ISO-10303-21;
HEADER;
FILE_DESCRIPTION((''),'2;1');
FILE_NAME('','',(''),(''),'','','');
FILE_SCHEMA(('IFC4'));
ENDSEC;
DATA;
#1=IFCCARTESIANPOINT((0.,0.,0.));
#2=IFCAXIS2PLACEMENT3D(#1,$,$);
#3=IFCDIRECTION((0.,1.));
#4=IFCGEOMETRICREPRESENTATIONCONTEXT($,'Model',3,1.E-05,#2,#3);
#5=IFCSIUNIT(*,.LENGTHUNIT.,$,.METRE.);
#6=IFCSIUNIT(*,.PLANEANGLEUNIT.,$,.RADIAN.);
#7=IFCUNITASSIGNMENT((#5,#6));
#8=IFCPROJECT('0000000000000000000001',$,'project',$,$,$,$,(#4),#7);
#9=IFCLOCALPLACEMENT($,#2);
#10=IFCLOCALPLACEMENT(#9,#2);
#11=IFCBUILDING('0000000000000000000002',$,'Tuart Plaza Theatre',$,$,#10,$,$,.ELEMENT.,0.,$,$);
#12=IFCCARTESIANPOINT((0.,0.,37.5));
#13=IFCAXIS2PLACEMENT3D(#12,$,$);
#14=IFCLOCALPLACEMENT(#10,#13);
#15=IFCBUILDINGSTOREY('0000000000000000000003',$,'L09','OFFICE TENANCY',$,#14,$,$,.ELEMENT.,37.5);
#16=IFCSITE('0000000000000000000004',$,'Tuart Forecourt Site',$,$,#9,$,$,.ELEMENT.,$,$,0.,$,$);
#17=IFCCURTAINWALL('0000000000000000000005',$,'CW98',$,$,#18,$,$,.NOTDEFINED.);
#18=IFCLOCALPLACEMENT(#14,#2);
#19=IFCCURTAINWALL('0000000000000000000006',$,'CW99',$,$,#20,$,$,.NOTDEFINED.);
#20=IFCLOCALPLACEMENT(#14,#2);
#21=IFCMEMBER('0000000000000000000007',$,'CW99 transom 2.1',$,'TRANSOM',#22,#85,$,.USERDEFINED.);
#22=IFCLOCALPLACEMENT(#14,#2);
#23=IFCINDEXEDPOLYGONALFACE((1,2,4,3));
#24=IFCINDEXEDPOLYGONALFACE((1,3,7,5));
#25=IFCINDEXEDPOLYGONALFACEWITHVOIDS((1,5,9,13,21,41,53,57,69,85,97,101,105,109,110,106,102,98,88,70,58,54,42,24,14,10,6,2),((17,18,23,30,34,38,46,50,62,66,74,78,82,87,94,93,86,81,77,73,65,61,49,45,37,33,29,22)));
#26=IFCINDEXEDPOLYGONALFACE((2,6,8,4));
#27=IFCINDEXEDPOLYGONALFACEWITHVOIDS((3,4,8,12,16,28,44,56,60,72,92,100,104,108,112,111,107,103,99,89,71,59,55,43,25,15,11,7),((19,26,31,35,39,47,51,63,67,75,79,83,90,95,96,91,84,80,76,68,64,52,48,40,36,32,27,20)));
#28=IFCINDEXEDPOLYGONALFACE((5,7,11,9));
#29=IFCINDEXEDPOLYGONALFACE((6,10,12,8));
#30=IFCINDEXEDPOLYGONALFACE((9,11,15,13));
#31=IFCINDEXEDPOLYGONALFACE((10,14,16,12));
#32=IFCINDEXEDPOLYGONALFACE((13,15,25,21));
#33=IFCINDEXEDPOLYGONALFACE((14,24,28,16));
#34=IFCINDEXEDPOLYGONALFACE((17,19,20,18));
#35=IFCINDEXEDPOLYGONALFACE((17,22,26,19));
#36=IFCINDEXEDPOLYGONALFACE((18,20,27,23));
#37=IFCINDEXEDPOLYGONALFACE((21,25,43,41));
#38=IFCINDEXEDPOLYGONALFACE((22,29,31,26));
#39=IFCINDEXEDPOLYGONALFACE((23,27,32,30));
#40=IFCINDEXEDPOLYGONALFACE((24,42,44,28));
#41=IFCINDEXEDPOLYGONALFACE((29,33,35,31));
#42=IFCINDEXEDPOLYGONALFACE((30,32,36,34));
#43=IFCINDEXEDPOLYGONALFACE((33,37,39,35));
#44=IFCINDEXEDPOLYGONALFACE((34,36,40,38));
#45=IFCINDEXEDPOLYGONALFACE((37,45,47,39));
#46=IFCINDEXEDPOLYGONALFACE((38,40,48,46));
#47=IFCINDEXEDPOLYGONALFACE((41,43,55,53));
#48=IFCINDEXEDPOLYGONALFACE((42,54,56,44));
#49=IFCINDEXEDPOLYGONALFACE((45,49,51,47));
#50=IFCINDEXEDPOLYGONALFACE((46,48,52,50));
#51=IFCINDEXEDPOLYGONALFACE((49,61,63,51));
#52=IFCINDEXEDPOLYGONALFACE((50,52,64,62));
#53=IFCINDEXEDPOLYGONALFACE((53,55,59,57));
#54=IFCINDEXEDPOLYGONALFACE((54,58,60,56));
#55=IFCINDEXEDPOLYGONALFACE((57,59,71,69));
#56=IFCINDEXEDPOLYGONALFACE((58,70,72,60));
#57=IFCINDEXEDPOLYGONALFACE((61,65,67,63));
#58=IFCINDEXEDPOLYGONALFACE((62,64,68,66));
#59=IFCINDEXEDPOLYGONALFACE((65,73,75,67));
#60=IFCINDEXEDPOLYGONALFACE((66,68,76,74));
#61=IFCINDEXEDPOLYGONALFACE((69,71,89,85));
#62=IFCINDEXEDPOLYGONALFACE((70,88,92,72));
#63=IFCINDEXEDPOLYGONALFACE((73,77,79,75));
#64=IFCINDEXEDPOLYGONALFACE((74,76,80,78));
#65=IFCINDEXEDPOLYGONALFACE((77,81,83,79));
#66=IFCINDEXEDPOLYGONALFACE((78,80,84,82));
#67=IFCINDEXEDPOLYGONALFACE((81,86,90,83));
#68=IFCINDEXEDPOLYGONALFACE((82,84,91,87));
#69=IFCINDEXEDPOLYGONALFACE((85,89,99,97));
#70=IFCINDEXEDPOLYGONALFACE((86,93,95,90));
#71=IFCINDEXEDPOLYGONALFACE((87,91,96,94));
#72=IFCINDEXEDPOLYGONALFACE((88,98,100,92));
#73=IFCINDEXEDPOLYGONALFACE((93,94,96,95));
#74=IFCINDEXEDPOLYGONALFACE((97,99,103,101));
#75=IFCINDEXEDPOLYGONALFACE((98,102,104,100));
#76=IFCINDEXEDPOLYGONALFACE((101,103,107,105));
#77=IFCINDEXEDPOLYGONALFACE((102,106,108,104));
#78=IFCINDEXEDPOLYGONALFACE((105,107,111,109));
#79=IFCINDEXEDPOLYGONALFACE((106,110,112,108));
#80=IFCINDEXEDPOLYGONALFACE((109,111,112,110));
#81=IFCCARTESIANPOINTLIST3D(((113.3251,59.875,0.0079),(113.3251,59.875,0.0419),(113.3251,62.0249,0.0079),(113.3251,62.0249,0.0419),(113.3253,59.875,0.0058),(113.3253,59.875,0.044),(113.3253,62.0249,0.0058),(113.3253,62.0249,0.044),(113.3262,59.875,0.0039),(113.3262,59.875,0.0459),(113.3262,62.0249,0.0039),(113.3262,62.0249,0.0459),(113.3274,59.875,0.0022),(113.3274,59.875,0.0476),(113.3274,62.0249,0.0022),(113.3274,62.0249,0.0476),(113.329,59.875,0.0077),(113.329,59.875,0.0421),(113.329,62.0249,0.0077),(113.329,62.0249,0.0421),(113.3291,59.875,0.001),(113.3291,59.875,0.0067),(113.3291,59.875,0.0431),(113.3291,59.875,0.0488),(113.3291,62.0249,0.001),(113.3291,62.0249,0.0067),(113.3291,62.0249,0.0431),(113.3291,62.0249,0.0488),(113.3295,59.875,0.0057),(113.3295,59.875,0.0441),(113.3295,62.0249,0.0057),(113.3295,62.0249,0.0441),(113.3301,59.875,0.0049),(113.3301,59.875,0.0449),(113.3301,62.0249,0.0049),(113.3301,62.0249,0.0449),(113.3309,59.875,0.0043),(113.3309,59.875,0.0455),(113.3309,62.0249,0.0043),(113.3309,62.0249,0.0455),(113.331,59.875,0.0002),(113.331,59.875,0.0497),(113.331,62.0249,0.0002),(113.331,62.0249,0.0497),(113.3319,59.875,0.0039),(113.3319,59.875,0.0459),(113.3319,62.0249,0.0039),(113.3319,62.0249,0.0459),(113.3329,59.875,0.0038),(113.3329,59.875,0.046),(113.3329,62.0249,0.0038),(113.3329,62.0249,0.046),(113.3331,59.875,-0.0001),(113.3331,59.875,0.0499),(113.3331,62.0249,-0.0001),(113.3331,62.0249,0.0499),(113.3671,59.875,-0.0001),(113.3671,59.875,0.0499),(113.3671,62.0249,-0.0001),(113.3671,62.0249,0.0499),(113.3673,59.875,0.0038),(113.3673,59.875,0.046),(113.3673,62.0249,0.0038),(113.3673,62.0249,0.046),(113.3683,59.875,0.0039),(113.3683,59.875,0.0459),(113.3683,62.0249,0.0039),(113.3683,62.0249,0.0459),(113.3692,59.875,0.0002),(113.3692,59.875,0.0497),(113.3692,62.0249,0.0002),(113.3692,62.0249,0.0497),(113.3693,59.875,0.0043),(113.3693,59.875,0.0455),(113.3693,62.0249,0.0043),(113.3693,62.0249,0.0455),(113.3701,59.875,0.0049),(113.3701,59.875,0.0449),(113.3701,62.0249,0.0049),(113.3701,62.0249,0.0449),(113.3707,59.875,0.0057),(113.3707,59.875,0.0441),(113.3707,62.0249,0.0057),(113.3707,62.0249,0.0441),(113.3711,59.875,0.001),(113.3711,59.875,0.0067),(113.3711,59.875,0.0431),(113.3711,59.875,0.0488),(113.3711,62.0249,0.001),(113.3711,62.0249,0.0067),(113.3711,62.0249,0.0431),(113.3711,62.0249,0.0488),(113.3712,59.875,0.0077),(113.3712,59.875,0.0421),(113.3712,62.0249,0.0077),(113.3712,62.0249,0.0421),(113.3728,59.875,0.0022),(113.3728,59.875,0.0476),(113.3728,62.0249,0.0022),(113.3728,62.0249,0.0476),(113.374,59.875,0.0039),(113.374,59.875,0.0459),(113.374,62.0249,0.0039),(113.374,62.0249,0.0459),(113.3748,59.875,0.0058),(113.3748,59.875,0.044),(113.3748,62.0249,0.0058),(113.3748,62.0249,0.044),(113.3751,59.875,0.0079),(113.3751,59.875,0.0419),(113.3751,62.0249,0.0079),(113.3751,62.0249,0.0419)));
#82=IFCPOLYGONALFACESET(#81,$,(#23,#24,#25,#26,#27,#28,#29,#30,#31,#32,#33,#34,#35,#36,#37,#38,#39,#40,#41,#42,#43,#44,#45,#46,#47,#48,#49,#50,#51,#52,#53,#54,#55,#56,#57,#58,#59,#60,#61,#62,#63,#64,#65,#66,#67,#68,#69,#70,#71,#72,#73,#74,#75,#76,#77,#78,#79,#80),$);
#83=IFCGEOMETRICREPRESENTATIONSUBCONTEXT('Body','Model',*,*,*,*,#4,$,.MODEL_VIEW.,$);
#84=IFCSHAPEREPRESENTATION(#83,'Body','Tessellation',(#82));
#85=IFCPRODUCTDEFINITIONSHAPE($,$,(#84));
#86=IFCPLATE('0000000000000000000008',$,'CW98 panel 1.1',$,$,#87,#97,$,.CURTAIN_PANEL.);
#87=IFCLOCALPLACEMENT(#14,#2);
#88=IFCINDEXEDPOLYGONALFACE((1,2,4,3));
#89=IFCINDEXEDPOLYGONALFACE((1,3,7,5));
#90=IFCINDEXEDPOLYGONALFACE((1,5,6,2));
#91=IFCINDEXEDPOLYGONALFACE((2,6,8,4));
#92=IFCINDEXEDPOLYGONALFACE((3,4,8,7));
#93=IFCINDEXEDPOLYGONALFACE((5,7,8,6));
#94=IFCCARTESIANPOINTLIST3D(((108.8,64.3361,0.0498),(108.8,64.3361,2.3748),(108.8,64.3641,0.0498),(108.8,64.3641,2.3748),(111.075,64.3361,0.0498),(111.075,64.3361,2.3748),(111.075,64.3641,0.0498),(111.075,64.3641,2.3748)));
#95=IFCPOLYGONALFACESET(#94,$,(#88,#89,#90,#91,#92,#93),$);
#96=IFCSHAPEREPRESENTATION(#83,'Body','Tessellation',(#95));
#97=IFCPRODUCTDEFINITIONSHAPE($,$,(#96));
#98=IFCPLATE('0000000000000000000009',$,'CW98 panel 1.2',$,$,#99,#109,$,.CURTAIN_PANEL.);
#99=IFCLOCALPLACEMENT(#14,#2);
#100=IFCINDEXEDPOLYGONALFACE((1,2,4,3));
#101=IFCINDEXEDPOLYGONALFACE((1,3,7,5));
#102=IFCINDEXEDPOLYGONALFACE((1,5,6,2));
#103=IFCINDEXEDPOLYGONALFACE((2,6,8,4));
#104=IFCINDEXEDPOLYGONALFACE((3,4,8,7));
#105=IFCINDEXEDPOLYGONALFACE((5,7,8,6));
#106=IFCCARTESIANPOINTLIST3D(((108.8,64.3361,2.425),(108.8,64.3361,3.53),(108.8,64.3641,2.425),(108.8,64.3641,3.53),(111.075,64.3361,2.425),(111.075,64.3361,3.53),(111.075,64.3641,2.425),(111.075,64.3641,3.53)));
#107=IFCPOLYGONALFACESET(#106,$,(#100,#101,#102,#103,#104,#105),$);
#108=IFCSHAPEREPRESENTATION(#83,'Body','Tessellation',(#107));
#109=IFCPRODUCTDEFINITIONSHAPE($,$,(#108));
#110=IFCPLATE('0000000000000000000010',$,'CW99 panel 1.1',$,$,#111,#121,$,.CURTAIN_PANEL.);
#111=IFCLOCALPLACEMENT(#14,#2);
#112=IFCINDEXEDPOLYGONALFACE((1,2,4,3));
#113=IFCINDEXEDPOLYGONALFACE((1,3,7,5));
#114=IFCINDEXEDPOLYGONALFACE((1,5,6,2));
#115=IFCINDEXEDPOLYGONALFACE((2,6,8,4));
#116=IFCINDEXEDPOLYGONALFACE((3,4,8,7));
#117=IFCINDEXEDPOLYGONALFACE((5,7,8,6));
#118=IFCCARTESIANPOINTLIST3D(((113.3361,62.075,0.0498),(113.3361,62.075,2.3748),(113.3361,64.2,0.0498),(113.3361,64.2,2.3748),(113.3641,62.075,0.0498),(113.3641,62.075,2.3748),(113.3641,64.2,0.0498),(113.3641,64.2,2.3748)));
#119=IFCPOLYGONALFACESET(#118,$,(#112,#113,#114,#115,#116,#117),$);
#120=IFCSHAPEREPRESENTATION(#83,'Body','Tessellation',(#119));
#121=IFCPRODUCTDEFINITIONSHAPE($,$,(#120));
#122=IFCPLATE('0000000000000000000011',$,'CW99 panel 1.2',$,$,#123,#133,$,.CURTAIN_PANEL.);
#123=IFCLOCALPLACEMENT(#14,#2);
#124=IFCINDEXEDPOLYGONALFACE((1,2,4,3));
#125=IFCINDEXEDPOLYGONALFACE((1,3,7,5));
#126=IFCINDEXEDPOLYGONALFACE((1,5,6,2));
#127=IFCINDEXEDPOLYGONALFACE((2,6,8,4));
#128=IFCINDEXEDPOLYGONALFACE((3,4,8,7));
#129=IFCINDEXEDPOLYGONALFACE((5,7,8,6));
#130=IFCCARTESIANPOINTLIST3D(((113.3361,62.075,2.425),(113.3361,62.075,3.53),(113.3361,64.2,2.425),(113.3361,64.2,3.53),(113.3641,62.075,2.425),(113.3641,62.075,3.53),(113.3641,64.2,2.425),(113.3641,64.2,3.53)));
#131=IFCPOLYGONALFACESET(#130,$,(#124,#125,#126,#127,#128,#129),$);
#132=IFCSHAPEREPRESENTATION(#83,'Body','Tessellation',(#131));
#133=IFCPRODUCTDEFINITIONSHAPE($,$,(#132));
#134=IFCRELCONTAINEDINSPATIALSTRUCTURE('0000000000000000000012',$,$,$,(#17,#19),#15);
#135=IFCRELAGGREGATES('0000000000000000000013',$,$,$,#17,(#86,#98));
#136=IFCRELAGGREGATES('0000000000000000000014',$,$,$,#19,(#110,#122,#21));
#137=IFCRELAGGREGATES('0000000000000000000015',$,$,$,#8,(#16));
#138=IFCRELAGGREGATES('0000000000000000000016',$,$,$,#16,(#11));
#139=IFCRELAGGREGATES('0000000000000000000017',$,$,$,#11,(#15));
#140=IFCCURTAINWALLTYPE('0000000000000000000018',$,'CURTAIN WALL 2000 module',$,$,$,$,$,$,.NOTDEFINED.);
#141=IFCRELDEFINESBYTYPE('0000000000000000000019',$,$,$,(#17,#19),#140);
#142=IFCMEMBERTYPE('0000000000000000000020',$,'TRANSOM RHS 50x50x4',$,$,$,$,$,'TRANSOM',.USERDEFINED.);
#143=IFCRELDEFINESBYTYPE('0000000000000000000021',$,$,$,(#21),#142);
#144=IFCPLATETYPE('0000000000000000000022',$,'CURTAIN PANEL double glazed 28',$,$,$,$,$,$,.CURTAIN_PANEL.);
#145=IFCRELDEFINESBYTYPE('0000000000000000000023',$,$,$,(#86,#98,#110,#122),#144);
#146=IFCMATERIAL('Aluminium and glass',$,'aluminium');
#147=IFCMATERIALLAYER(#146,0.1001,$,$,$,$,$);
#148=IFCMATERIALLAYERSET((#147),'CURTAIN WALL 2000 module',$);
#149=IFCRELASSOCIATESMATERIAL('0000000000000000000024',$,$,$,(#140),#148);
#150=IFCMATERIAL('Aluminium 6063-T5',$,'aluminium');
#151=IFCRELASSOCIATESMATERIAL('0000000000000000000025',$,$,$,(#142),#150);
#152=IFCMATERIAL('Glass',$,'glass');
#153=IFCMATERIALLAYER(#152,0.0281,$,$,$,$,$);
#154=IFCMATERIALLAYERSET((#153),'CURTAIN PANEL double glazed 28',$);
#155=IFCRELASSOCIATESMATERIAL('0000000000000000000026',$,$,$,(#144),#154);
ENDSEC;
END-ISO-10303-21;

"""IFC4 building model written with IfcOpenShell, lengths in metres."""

from ifc_helpers import new_model, si_unit, direction, frame, origin, origin_2d, place, context, subcontext, project, spatial, rectangle, hollow_rectangle, extrude, material, layer, layer_set, material_profile, profile_set, type_object, element, aggregate, save


model = new_model("IFC4")

# Units and contexts
model_context = context("Model", 3, precision=1e-05, world=origin(), true_north=direction((0.0, 1.0)))
body_context = subcontext(model_context, "Body", "Model", "MODEL_VIEW")
ifc_project = project(units=[si_unit("LENGTHUNIT", "METRE"), si_unit("PLANEANGLEUNIT", "RADIAN")], contexts=[model_context])

# Site, building, storey
site_placement = place(None, origin())
site = spatial("IfcSite", under=ifc_project, at=site_placement, Name="Tuart Forecourt Site", CompositionType="ELEMENT", RefElevation=0.0)
building_placement = place(site_placement, origin())
building = spatial("IfcBuilding", under=site, at=building_placement, Name="Tuart Plaza Theatre", CompositionType="ELEMENT", ElevationOfRefHeight=0.0)
storey_placement = place(building_placement, frame((0.0, 0.0, 37.5)))
storey = spatial("IfcBuildingStorey", under=building, at=storey_placement, Name="L09", Description="OFFICE TENANCY", CompositionType="ELEMENT", Elevation=37.5)

# Curtain wall
ifc_material_1 = material(Name="Aluminium and glass", Category="aluminium")
ifc_layer_1 = layer(ifc_material_1, 0.1001)
ifc_layer_set_1 = layer_set([ifc_layer_1], Name="CURTAIN WALL 2000 module")
curtain_wall_type = type_object("IfcCurtainWallType", Name="CURTAIN WALL 2000 module", PredefinedType="NOTDEFINED", material=ifc_layer_set_1)
curtain_wall_1_placement = place(storey_placement, origin())
curtain_wall_1 = element("IfcCurtainWall", 1, at=curtain_wall_1_placement, inside=storey, type_object=curtain_wall_type, Name="CW98", PredefinedType="NOTDEFINED")

# Curtain wall
curtain_wall_2_placement = place(storey_placement, origin())
curtain_wall_2 = element("IfcCurtainWall", 2, at=curtain_wall_2_placement, inside=storey, type_object=curtain_wall_type, Name="CW99", PredefinedType="NOTDEFINED")

# Member
ifc_material_2 = material(Name="Aluminium 6063-T5", Category="aluminium")
ifc_material_profile_1 = material_profile(ifc_material_2, hollow_rectangle(XDim=0.05, YDim=0.05, WallThickness=0.0039, InnerFilletRadius=0.0039, OuterFilletRadius=0.0081, at=origin_2d()), Name="RHS 50x50x4")
ifc_profile_set_1 = profile_set([ifc_material_profile_1], Name="Aluminium 6063-T5")
member_type_1 = type_object("IfcMemberType", Name="TRANSOM RHS 50x50x4", ElementType="TRANSOM", PredefinedType="USERDEFINED", material=ifc_profile_set_1)
member_1_placement = place(storey_placement, frame((113.3501, 62.0249, 0.0249), z_axis=(0.0, -1.0, 0.0), x_axis=(1.0, 0.0, 0.0)))
member_1 = element("IfcMember", 3, at=member_1_placement, type_object=member_type_1, Name="CW99 transom 2.1", ObjectType="TRANSOM", PredefinedType="USERDEFINED", context=body_context, shape_type="SweptSolid", body=[
    extrude(hollow_rectangle(XDim=0.05, YDim=0.05, WallThickness=0.0039, InnerFilletRadius=0.0039, OuterFilletRadius=0.0081, at=origin_2d()), origin(), (0.0, 0.0, 1.0), 2.1499),
])

# Plates
ifc_material_3 = material(Name="Glass", Category="glass")
ifc_layer_2 = layer(ifc_material_3, 0.0281)
ifc_layer_set_2 = layer_set([ifc_layer_2], Name="CURTAIN PANEL double glazed 28")
plate_type = type_object("IfcPlateType", Name="CURTAIN PANEL double glazed 28", PredefinedType="CURTAIN_PANEL", material=ifc_layer_set_2)
plate_1_placement = place(storey_placement, frame((109.9375, 64.3501, 0.0498), z_axis=(0.0, 0.0, 1.0), x_axis=(1.0, 0.0, 0.0)))
plate_1 = element("IfcPlate", 4, at=plate_1_placement, type_object=plate_type, Name="CW98 panel 1.1", PredefinedType="CURTAIN_PANEL", context=body_context, shape_type="SweptSolid", body=[
    extrude(rectangle(XDim=2.2749, YDim=0.0281, at=origin_2d()), origin(), (0.0, 0.0, 1.0), 2.325),
])
plate_2_placement = place(storey_placement, frame((109.9375, 64.3501, 2.425), z_axis=(0.0, 0.0, 1.0), x_axis=(1.0, 0.0, 0.0)))
plate_2 = element("IfcPlate", 5, at=plate_2_placement, type_object=plate_type, Name="CW98 panel 1.2", PredefinedType="CURTAIN_PANEL", context=body_context, shape_type="SweptSolid", body=[
    extrude(rectangle(XDim=2.2749, YDim=0.0281, at=origin_2d()), origin(), (0.0, 0.0, 1.0), 1.105),
])
aggregate(curtain_wall_1, [plate_1, plate_2])
plate_3_placement = place(storey_placement, frame((113.3501, 63.1375, 0.0498), z_axis=(0.0, 0.0, 1.0), x_axis=(0.0, -1.0, 0.0)))
plate_3 = element("IfcPlate", 6, at=plate_3_placement, type_object=plate_type, Name="CW99 panel 1.1", PredefinedType="CURTAIN_PANEL", context=body_context, shape_type="SweptSolid", body=[
    extrude(rectangle(XDim=2.125, YDim=0.0281, at=origin_2d()), origin(), (0.0, 0.0, 1.0), 2.325),
])
plate_4_placement = place(storey_placement, frame((113.3501, 63.1375, 2.425), z_axis=(0.0, 0.0, 1.0), x_axis=(0.0, -1.0, 0.0)))
plate_4 = element("IfcPlate", 7, at=plate_4_placement, type_object=plate_type, Name="CW99 panel 1.2", PredefinedType="CURTAIN_PANEL", context=body_context, shape_type="SweptSolid", body=[
    extrude(rectangle(XDim=2.125, YDim=0.0281, at=origin_2d()), origin(), (0.0, 0.0, 1.0), 1.105),
])
aggregate(curtain_wall_2, [plate_3, plate_4, member_1])

save(model, "model.ifc")
